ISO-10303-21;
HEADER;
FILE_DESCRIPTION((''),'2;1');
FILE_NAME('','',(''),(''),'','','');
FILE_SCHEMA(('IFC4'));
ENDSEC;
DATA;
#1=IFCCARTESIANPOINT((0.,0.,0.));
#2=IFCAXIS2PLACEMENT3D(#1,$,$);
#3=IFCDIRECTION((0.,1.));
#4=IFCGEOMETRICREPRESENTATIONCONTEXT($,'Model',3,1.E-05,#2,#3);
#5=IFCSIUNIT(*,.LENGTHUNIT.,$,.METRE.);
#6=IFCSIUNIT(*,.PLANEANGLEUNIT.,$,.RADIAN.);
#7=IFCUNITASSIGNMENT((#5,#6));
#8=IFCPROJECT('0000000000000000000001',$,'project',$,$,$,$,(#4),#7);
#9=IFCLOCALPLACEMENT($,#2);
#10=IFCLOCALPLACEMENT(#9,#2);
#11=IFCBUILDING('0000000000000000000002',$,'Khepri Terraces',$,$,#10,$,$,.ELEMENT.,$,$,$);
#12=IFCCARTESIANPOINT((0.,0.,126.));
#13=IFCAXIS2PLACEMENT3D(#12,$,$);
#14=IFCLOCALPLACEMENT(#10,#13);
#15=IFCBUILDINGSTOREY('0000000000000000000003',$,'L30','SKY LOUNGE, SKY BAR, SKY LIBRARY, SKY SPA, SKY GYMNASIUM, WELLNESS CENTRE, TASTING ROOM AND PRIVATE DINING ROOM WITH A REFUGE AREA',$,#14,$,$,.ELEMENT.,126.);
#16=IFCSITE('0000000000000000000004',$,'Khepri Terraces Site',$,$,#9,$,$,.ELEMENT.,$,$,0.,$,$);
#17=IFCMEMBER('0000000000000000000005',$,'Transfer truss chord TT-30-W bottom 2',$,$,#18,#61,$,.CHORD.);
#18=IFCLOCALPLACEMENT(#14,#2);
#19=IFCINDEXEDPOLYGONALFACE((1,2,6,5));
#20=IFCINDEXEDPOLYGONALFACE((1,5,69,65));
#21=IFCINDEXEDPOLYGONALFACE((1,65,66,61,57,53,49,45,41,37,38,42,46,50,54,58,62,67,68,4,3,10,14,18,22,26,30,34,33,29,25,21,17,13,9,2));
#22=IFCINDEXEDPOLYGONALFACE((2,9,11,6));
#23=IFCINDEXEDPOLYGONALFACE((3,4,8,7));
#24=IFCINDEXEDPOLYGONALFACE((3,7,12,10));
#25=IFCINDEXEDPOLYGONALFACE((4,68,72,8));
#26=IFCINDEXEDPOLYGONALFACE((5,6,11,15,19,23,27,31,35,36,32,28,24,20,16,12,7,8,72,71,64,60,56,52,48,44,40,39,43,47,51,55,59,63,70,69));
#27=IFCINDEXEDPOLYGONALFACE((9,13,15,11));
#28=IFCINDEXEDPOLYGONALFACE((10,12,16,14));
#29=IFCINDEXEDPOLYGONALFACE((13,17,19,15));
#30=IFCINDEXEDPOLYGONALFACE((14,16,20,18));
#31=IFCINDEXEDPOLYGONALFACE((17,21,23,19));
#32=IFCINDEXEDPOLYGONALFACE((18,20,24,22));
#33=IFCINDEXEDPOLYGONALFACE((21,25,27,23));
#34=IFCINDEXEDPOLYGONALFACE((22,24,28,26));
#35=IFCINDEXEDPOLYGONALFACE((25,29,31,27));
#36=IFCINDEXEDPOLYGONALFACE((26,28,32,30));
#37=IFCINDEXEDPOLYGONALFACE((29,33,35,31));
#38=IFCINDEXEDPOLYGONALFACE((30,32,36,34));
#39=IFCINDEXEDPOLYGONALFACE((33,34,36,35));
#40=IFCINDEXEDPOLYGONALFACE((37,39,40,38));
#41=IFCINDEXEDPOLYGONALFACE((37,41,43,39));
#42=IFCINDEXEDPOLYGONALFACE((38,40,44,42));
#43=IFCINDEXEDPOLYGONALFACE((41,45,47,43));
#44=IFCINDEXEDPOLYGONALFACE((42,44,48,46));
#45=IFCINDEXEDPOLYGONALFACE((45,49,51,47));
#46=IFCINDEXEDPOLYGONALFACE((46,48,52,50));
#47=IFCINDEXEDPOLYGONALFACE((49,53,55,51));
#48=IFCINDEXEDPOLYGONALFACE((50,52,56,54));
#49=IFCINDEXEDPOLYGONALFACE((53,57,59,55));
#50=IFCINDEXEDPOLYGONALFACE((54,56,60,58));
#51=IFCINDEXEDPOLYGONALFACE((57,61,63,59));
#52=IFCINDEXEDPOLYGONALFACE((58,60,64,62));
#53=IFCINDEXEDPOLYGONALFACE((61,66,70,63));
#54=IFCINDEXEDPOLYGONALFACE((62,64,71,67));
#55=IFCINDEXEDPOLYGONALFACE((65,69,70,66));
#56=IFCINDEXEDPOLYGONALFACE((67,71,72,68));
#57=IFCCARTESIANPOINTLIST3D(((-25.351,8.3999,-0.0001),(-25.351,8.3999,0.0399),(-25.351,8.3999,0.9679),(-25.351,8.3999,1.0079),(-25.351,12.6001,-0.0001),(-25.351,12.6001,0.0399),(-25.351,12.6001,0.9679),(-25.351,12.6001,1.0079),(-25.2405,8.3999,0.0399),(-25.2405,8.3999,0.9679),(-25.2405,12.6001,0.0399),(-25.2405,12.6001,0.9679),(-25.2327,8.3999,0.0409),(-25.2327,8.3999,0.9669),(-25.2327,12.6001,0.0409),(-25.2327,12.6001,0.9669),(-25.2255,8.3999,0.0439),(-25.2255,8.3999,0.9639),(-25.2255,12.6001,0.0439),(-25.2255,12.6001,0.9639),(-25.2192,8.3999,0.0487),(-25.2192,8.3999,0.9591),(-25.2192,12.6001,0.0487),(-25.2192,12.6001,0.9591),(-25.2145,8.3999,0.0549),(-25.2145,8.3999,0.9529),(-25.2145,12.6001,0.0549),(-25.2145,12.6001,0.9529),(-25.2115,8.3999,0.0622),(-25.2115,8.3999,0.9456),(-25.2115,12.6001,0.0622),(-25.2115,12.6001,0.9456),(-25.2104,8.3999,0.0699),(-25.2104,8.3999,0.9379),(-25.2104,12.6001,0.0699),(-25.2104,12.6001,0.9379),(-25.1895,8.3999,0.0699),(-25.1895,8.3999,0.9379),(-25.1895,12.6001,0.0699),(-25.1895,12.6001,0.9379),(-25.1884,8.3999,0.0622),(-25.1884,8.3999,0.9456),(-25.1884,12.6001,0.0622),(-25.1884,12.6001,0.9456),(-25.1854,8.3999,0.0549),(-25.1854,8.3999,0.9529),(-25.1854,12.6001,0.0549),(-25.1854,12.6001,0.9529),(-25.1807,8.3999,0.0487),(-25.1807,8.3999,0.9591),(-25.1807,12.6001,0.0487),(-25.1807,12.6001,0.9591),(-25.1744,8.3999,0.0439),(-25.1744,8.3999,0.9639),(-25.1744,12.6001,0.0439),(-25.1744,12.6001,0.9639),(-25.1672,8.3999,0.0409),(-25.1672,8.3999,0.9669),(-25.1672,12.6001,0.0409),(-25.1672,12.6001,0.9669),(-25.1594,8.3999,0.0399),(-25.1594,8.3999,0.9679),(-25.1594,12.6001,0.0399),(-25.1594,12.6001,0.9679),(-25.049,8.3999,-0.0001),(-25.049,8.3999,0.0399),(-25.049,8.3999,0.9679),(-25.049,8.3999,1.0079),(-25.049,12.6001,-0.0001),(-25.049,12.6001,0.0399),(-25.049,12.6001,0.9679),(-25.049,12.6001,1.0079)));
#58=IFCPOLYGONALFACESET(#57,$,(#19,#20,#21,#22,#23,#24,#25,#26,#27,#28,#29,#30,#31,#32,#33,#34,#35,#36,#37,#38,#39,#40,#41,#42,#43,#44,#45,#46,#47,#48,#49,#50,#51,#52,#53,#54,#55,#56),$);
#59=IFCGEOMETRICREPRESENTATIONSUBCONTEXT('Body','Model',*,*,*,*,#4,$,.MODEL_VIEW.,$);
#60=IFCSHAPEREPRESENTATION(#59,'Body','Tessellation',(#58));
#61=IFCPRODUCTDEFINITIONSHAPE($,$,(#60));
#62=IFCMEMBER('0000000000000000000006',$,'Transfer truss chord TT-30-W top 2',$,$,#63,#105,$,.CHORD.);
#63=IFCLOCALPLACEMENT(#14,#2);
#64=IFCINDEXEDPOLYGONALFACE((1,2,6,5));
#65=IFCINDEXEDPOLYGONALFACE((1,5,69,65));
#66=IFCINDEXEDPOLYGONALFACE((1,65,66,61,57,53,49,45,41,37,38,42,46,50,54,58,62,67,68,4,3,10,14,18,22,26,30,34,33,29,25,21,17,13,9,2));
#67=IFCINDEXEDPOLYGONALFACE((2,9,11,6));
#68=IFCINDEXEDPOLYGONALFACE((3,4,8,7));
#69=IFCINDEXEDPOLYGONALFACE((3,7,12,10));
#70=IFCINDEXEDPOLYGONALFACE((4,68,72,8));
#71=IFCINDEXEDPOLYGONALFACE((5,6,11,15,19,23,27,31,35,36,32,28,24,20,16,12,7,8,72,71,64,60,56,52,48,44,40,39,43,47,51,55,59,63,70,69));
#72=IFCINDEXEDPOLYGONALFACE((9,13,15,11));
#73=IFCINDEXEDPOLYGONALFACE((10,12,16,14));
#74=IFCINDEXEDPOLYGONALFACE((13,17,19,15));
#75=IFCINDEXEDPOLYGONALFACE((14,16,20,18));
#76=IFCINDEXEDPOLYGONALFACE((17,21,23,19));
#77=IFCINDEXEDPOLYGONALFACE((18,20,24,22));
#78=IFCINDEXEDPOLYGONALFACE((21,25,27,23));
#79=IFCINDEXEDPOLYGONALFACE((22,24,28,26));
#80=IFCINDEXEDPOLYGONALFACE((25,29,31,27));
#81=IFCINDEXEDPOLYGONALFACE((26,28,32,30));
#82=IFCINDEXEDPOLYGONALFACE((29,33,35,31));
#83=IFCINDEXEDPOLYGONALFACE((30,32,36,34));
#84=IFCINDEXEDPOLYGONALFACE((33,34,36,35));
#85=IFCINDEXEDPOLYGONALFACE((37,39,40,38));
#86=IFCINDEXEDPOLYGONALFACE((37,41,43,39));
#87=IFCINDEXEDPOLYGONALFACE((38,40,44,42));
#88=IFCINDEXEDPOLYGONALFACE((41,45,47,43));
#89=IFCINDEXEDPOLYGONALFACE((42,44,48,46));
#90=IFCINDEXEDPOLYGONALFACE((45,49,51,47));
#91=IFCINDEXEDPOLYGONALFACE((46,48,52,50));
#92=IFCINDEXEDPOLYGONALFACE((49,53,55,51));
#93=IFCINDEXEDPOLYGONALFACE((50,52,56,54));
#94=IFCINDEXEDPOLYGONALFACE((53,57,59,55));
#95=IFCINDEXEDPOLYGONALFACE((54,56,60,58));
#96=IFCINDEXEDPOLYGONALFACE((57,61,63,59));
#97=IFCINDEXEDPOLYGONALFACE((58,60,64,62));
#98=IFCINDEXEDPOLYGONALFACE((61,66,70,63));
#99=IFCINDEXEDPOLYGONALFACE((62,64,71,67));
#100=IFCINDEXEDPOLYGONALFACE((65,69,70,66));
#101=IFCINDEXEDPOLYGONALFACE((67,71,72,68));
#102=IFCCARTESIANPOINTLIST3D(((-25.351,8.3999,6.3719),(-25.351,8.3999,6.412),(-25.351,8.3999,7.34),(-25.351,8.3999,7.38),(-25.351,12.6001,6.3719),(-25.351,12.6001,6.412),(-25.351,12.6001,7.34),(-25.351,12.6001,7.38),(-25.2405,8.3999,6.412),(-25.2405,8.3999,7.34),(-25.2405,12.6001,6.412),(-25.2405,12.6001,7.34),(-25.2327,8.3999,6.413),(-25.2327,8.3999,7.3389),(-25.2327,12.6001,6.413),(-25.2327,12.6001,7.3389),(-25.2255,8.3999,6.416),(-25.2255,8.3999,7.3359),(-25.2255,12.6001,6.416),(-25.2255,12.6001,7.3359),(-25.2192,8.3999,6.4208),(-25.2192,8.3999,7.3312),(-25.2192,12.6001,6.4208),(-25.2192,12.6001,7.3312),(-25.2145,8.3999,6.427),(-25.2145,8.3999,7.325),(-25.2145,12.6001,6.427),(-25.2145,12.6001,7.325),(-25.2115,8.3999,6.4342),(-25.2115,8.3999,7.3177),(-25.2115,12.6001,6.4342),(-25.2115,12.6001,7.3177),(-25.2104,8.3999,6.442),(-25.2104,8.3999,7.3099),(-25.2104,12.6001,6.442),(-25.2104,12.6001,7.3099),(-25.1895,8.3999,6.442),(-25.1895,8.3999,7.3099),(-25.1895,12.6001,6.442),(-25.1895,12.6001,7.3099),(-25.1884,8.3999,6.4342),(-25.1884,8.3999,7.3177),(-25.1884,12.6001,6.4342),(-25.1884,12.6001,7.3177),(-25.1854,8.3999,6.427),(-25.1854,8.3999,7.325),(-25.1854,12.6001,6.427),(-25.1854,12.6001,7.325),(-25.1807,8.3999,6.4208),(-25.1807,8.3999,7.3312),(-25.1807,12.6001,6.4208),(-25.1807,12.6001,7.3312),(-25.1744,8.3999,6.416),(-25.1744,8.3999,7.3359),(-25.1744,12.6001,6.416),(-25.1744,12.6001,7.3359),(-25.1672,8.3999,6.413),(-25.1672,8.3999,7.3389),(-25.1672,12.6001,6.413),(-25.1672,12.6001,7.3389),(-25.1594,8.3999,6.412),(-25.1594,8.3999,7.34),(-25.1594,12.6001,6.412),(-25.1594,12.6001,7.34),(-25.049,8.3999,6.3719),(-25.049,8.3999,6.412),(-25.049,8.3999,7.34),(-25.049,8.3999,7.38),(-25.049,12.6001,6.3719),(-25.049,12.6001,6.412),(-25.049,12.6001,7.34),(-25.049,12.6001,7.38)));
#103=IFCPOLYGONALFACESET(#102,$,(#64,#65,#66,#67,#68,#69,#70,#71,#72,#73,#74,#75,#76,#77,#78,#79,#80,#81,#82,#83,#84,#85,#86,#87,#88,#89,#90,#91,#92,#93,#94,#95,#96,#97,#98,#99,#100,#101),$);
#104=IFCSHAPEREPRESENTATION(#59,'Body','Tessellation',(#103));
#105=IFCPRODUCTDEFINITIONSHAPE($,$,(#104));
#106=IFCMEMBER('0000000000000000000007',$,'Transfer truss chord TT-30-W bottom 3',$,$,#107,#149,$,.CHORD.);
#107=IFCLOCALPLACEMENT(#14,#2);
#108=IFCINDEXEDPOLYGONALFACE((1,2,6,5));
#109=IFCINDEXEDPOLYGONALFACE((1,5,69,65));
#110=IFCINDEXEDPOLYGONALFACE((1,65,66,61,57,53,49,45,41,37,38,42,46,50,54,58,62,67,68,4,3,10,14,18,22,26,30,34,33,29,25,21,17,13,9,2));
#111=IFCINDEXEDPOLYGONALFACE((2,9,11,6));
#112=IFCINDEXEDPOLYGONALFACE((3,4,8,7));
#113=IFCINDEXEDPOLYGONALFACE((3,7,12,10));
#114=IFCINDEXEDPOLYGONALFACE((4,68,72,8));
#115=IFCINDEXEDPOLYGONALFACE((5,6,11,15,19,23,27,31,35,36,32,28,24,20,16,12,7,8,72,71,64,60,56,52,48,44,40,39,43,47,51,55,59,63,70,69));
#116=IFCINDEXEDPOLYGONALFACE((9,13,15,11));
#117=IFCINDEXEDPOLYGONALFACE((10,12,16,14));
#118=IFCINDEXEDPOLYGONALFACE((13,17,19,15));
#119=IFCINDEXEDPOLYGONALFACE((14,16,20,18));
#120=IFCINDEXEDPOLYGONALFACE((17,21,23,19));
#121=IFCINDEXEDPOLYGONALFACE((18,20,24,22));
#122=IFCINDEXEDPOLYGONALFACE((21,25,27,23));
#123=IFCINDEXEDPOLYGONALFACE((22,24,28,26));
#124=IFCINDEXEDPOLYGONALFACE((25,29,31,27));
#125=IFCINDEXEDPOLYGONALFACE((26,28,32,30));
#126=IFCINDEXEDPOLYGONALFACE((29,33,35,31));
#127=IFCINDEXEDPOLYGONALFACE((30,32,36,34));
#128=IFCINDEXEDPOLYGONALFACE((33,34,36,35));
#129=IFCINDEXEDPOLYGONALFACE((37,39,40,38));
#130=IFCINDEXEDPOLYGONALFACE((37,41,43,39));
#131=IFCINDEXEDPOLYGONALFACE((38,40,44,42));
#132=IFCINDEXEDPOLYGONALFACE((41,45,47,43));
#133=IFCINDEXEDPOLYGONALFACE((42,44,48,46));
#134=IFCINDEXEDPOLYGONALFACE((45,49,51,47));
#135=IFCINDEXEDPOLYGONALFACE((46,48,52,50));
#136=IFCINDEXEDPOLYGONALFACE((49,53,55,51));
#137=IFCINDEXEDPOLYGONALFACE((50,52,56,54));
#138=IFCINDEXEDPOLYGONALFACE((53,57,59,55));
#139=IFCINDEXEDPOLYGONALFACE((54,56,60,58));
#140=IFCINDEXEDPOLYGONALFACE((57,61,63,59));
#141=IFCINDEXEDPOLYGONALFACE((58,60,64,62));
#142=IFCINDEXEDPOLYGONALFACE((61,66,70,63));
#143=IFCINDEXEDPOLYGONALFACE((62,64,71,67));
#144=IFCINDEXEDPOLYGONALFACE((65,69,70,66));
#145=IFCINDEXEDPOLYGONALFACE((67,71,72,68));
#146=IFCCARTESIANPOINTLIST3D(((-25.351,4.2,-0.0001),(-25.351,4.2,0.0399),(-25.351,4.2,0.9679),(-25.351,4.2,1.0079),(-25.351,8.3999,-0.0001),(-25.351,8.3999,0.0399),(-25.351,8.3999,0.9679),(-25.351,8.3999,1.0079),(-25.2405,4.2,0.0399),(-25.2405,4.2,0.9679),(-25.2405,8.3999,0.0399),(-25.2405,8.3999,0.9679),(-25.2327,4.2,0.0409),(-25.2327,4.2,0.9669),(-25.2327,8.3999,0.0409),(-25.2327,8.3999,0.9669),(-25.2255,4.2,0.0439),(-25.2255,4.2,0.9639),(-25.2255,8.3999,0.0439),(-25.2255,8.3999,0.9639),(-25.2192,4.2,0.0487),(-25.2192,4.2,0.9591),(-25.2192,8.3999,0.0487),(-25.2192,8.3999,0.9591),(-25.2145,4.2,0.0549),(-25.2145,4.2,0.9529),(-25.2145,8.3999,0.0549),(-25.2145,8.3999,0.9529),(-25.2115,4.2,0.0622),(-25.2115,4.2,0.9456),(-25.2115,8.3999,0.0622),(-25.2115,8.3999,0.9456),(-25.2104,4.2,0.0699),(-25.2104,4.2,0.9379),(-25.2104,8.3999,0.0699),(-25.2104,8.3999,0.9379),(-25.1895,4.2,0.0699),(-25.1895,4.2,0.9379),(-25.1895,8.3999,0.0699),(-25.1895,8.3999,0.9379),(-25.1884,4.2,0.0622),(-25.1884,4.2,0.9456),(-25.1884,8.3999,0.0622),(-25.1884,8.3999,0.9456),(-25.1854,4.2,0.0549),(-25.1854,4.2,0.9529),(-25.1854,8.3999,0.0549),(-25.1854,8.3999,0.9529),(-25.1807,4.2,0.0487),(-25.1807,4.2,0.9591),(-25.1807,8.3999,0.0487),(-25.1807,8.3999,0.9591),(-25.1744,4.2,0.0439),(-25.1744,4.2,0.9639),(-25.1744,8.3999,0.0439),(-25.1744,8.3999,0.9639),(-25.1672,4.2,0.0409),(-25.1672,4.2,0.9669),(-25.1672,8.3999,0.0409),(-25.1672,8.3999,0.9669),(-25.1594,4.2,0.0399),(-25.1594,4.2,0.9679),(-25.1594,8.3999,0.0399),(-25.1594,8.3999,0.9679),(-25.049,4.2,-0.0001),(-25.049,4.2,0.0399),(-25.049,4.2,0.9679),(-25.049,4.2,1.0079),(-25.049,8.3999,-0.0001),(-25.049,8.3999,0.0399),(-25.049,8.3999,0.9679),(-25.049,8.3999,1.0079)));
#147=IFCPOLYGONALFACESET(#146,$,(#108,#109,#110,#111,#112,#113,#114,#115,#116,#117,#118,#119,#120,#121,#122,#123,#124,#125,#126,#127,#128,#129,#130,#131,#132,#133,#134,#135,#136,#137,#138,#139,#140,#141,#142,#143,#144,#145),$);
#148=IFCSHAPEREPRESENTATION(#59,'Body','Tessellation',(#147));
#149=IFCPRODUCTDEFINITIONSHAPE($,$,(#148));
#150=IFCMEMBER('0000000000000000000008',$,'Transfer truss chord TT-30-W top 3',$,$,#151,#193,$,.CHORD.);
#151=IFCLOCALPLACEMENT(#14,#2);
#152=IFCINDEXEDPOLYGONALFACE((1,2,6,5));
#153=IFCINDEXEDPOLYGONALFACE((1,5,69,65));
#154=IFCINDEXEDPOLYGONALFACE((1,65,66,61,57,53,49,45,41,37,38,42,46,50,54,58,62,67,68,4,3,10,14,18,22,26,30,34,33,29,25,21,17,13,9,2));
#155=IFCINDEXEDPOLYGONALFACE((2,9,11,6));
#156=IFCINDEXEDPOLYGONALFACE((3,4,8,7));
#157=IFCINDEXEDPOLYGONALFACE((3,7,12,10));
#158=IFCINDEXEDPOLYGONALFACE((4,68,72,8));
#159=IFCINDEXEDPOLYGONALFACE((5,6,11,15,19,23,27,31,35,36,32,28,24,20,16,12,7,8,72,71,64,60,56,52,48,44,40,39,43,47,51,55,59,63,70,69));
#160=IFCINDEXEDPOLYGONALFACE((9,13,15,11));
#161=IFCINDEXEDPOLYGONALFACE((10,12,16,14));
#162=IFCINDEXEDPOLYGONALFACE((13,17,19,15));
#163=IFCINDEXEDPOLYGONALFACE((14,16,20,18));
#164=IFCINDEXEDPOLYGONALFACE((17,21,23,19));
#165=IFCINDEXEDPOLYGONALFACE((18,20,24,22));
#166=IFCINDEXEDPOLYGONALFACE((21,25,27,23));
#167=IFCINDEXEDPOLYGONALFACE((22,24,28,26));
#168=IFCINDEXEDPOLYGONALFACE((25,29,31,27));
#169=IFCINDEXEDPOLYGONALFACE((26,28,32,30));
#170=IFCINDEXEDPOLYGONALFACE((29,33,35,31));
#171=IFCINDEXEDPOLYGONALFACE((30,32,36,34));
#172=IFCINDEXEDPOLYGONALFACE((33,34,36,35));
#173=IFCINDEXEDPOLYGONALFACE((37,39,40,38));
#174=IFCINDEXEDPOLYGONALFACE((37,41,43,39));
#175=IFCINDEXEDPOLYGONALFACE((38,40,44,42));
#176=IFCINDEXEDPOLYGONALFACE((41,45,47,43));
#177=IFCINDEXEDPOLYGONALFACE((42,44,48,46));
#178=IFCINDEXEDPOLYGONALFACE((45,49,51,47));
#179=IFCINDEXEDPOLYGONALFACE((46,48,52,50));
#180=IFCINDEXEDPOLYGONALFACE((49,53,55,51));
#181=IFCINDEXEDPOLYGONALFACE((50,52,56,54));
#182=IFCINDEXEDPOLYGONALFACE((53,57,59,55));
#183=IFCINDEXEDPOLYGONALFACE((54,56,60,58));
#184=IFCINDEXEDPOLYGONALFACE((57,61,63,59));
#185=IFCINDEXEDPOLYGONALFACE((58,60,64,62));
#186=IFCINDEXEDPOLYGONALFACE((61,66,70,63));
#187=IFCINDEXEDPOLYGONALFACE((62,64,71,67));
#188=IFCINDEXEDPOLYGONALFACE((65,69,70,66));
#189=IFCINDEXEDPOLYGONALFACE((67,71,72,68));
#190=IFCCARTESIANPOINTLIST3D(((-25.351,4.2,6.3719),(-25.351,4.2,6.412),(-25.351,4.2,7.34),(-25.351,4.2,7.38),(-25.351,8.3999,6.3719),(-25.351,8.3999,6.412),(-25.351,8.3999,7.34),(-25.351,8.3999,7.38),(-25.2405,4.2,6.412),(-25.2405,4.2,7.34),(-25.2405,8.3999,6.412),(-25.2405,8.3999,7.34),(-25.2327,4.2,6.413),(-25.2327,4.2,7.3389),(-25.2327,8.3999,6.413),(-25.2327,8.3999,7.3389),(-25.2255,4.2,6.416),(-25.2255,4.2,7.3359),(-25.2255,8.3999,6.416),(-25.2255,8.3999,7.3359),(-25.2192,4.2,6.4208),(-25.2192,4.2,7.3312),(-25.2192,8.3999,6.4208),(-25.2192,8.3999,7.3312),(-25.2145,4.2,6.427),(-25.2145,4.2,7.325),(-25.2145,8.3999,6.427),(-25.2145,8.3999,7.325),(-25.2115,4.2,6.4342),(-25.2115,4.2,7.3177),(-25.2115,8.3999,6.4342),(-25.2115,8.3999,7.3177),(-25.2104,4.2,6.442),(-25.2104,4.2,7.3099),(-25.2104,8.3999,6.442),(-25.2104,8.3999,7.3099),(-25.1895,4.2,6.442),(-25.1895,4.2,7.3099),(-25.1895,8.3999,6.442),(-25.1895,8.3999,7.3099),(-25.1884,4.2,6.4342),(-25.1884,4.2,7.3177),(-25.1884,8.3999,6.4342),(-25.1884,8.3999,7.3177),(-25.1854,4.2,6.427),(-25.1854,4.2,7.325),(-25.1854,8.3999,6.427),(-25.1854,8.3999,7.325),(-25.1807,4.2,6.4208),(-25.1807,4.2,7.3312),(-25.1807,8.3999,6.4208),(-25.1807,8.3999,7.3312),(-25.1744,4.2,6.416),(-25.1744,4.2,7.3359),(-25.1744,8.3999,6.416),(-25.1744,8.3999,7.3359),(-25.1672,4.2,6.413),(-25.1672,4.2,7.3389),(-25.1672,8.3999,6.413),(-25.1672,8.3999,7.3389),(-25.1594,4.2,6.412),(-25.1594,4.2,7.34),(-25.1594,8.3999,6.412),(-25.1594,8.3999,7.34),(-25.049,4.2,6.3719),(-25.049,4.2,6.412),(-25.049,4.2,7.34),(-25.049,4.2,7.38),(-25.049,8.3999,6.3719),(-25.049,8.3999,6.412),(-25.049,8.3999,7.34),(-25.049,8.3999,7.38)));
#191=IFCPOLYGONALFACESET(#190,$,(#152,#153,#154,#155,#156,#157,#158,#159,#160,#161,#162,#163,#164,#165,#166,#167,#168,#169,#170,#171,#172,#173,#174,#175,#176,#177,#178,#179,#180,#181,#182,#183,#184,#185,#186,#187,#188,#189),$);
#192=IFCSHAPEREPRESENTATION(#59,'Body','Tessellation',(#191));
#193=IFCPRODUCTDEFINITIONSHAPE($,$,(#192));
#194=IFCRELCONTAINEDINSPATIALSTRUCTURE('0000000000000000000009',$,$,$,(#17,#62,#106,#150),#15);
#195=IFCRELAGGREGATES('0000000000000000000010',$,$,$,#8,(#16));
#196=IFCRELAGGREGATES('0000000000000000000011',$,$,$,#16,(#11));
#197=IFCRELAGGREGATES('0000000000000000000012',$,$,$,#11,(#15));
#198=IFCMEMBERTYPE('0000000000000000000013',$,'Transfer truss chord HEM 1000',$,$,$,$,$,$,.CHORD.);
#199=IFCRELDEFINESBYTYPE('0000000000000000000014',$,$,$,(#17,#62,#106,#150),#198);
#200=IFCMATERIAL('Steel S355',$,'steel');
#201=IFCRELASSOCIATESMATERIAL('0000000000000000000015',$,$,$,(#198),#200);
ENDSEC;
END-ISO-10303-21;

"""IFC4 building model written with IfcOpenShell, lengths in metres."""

from ifc_helpers import new_model, si_unit, direction, frame, origin, origin_2d, place, context, subcontext, project, spatial, i_section, extrude, material, material_profile, profile_set, type_object, element, save


model = new_model("IFC4")

# Units and contexts
model_context = context("Model", 3, precision=1e-05, world=origin(), true_north=direction((0.0, 1.0)))
body_context = subcontext(model_context, "Body", "Model", "MODEL_VIEW")
ifc_project = project(units=[si_unit("LENGTHUNIT", "METRE"), si_unit("PLANEANGLEUNIT", "RADIAN")], contexts=[model_context])

# Site, building, storey
site_placement = place(None, origin())
site = spatial("IfcSite", under=ifc_project, at=site_placement, Name="Khepri Terraces Site", CompositionType="ELEMENT", RefElevation=0.0)
building_placement = place(site_placement, origin())
building = spatial("IfcBuilding", under=site, at=building_placement, Name="Khepri Terraces", CompositionType="ELEMENT")
storey_placement = place(building_placement, frame((0.0, 0.0, 126.0)))
storey = spatial("IfcBuildingStorey", under=building, at=storey_placement, Name="L30", Description="SKY LOUNGE, SKY BAR, SKY LIBRARY, SKY SPA, SKY GYMNASIUM, WELLNESS CENTRE, TASTING ROOM AND PRIVATE DINING ROOM WITH A REFUGE AREA", CompositionType="ELEMENT", Elevation=126.0)

# Members
ifc_material_1 = material(Name="Steel S355", Category="steel")
ifc_material_profile_1 = material_profile(ifc_material_1, i_section(OverallWidth=0.302, OverallDepth=1.0081, WebThickness=0.021, FlangeThickness=0.04, FilletRadius=0.03, at=origin_2d()), Name="Steel S355", Category="steel")
ifc_profile_set_1 = profile_set([ifc_material_profile_1], Name="Steel S355")
member_type_1 = type_object("IfcMemberType", Name="Transfer truss chord HEM 1000", PredefinedType="CHORD", material=ifc_profile_set_1)
for number, where, z_axis, x_axis, name in (
    (1, (-25.2, 12.6001, 0.5039), (0.0, -1.0, 0.0), (1.0, 0.0, 0.0), "Transfer truss chord TT-30-W bottom 2"),
    (2, (-25.2, 12.6001, 6.876), (0.0, -1.0, 0.0), (1.0, 0.0, 0.0), "Transfer truss chord TT-30-W top 2"),
):
    element("IfcMember", number, at=place(storey_placement, frame(where, z_axis=z_axis, x_axis=x_axis)), inside=storey, type_object=member_type_1, Name=name, PredefinedType="CHORD", context=body_context, shape_type="SweptSolid", body=[
        extrude(i_section(OverallWidth=0.302, OverallDepth=1.0081, WebThickness=0.021, FlangeThickness=0.04, FilletRadius=0.03, at=origin_2d()), origin(), (0.0, 0.0, 1.0), 4.2002),
    ])
for number, where, z_axis, x_axis, name in (
    (3, (-25.2, 8.3999, 0.5039), (0.0, -1.0, 0.0), (1.0, 0.0, 0.0), "Transfer truss chord TT-30-W bottom 3"),
    (4, (-25.2, 8.3999, 6.876), (0.0, -1.0, 0.0), (1.0, 0.0, 0.0), "Transfer truss chord TT-30-W top 3"),
):
    element("IfcMember", number, at=place(storey_placement, frame(where, z_axis=z_axis, x_axis=x_axis)), inside=storey, type_object=member_type_1, Name=name, PredefinedType="CHORD", context=body_context, shape_type="SweptSolid", body=[
        extrude(i_section(OverallWidth=0.302, OverallDepth=1.0081, WebThickness=0.021, FlangeThickness=0.04, FilletRadius=0.03, at=origin_2d()), origin(), (0.0, 0.0, 1.0), 4.2),
    ])

save(model, "model.ifc")
